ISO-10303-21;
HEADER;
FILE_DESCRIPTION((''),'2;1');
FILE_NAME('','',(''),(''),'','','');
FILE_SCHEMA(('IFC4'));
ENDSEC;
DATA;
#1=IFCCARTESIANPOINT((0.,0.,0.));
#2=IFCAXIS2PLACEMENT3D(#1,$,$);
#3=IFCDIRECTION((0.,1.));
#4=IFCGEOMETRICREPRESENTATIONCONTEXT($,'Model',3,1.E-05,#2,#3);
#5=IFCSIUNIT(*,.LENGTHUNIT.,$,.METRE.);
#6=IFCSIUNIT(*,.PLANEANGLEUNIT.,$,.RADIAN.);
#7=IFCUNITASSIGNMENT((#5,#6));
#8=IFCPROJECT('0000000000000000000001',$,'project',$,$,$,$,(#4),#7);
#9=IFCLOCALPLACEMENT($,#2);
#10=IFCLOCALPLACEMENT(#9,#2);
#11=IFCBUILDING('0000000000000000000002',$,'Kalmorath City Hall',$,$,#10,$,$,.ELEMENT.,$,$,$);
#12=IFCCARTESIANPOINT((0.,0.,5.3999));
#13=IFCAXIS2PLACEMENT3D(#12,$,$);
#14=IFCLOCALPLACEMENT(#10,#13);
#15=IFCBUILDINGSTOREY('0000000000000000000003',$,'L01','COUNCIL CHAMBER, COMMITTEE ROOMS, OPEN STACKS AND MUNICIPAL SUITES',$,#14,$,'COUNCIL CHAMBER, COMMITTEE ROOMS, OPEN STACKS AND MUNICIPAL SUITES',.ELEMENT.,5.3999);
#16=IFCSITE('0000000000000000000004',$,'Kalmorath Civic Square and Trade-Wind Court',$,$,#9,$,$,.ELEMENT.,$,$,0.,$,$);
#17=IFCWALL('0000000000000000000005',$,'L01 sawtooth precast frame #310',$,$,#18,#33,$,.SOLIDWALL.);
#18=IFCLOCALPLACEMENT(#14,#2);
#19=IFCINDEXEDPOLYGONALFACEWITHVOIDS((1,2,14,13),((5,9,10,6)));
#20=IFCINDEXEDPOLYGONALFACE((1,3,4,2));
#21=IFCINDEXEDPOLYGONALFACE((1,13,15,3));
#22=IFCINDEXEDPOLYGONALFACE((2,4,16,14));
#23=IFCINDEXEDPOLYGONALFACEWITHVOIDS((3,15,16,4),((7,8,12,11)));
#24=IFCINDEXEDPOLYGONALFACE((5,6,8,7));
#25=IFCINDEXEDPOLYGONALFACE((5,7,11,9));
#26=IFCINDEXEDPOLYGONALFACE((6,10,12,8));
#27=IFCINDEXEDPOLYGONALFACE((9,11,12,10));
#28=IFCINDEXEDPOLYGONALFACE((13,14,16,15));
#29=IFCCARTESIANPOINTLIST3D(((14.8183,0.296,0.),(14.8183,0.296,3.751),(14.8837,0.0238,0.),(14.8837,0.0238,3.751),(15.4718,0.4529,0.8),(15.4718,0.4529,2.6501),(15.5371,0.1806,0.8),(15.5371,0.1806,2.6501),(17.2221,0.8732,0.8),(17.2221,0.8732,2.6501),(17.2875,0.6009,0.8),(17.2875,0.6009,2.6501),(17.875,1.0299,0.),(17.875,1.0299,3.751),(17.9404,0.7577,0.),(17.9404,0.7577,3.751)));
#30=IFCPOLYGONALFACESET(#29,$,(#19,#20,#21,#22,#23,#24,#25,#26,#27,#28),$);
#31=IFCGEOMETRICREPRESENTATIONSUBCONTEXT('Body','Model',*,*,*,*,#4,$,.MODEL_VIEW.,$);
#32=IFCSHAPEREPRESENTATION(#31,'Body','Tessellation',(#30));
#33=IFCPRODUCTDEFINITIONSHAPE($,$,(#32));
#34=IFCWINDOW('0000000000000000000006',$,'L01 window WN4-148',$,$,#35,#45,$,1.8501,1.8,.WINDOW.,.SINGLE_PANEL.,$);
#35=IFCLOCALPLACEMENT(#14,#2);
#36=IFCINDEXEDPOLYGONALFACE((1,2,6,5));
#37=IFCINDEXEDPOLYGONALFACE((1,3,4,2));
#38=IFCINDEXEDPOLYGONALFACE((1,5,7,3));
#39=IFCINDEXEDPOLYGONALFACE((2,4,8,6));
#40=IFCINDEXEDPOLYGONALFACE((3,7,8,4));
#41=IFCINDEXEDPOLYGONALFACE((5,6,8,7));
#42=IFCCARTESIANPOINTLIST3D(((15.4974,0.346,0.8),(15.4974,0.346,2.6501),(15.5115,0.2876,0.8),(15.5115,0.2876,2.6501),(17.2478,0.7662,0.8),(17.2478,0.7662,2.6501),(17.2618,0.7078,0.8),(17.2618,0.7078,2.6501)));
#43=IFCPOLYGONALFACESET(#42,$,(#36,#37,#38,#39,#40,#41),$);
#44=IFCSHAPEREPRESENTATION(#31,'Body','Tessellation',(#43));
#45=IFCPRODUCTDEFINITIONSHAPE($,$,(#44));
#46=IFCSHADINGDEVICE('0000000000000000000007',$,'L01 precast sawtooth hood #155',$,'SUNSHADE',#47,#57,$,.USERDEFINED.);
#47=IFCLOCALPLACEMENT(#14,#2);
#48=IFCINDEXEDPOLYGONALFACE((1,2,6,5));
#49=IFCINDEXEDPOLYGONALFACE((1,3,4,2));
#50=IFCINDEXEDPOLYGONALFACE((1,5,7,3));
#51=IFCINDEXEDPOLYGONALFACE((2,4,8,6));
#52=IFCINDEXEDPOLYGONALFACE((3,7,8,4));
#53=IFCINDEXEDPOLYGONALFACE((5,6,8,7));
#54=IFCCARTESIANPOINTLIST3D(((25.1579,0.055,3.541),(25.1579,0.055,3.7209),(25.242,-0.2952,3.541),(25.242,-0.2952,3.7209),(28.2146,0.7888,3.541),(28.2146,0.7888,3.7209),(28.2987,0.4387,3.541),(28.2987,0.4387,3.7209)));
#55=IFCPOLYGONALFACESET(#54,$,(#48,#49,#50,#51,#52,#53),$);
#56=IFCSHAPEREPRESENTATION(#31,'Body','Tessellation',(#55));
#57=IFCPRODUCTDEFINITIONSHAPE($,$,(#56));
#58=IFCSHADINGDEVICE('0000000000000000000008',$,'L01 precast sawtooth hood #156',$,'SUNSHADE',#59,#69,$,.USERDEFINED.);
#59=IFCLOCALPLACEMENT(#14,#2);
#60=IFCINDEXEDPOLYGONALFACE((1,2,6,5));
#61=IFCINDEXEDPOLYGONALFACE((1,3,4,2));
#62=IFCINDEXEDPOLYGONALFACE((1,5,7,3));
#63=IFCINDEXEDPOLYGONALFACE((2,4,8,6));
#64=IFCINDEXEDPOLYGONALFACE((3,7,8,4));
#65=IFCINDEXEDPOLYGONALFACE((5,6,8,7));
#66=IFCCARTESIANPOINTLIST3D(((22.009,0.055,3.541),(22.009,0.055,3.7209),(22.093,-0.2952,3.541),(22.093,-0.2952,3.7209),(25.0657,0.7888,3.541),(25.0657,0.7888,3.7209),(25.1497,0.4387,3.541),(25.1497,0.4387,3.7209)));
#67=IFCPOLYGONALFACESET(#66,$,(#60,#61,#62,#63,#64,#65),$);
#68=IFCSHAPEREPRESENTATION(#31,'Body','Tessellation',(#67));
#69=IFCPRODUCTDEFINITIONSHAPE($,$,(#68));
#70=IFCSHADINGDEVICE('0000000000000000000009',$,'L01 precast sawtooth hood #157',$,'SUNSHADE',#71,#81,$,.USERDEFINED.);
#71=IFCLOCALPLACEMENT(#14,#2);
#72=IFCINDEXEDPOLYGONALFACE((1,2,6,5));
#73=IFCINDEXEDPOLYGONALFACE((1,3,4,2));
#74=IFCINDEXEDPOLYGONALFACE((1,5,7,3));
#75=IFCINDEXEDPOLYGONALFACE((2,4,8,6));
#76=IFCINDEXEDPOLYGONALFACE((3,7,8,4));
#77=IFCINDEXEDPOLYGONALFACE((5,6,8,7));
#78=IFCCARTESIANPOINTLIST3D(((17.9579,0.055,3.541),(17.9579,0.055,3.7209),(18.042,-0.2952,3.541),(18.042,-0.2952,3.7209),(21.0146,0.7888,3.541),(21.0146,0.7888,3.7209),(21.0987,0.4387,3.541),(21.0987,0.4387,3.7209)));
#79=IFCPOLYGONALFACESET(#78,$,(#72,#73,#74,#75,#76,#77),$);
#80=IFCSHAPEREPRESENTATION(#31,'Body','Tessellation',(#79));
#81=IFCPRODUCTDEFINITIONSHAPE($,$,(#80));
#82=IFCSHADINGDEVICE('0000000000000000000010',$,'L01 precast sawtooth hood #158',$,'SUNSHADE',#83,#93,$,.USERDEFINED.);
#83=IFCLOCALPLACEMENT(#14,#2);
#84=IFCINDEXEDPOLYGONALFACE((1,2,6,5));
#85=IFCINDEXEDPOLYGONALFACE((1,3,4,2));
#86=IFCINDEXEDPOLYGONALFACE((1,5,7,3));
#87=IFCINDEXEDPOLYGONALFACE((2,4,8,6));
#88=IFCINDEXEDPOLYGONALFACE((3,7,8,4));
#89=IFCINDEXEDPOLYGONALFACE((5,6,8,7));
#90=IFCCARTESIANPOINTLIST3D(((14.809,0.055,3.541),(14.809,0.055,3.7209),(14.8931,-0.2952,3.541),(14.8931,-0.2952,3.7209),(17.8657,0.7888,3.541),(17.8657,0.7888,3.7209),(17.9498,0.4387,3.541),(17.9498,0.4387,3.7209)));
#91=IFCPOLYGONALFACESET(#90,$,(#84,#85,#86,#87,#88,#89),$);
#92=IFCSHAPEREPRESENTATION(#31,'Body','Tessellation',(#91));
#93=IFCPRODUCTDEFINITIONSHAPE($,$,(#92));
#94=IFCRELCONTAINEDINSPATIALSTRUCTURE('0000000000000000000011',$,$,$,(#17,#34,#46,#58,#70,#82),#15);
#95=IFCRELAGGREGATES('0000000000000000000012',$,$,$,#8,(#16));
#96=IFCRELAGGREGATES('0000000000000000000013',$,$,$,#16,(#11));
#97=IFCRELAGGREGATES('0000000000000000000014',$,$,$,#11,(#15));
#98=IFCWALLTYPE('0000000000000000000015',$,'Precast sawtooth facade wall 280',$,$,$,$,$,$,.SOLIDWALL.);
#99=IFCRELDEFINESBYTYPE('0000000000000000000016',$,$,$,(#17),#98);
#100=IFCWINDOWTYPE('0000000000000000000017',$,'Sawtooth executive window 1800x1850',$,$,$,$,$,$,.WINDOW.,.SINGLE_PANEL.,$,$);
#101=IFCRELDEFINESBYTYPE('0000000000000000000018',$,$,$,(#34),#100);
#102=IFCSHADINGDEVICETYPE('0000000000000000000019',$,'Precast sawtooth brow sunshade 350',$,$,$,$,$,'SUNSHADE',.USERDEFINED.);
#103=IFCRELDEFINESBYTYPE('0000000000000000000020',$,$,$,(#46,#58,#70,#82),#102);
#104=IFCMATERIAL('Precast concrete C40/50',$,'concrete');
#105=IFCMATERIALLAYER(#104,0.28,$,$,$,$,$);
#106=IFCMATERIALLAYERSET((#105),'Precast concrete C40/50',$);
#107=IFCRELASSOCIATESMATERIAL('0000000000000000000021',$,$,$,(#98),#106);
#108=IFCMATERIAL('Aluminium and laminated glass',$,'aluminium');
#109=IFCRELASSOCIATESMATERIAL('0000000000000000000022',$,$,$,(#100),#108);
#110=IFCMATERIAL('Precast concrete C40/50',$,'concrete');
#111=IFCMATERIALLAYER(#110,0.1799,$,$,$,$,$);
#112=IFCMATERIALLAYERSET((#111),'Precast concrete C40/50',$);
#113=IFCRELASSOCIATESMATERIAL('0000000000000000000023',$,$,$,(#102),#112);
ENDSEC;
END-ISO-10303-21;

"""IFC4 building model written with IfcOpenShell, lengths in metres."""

from ifc_helpers import new_model, si_unit, direction, frame, frame_2d, origin, origin_2d, place, context, subcontext, project, spatial, rectangle, extrude, material, layer, layer_set, type_object, element, fill, save


model = new_model("IFC4")

# Units and contexts
model_context = context("Model", 3, precision=1e-05, world=origin(), true_north=direction((0.0, 1.0)))
body_context = subcontext(model_context, "Body", "Model", "MODEL_VIEW")
ifc_project = project(units=[si_unit("LENGTHUNIT", "METRE"), si_unit("PLANEANGLEUNIT", "RADIAN")], contexts=[model_context])

# Site, building, storey
site_placement = place(None, origin())
site = spatial("IfcSite", under=ifc_project, at=site_placement, Name="Kalmorath Civic Square and Trade-Wind Court", CompositionType="ELEMENT", RefElevation=0.0)
building_placement = place(site_placement, origin())
building = spatial("IfcBuilding", under=site, at=building_placement, Name="Kalmorath City Hall", CompositionType="ELEMENT")
storey_placement = place(building_placement, frame((0.0, 0.0, 5.3999)))
storey = spatial("IfcBuildingStorey", under=building, at=storey_placement, Name="L01", Description="COUNCIL CHAMBER, COMMITTEE ROOMS, OPEN STACKS AND MUNICIPAL SUITES", LongName="COUNCIL CHAMBER, COMMITTEE ROOMS, OPEN STACKS AND MUNICIPAL SUITES", CompositionType="ELEMENT", Elevation=5.3999)

# Wall, opening, window
ifc_material_1 = material(Name="Precast concrete C40/50", Category="concrete")
ifc_layer_1 = layer(ifc_material_1, 0.28)
ifc_layer_set_1 = layer_set([ifc_layer_1], Name="Precast concrete C40/50")
wall_type_1 = type_object("IfcWallType", Name="Precast sawtooth facade wall 280", PredefinedType="SOLIDWALL", material=ifc_layer_set_1)
ifc_material_2 = material(Name="Aluminium and laminated glass", Category="aluminium")
window_type = type_object("IfcWindowType", Name="Sawtooth executive window 1800x1850", PartitioningType="SINGLE_PANEL", PredefinedType="WINDOW", material=ifc_material_2)
wall_1_placement = place(storey_placement, frame((17.9077, 0.8938, 0.0), z_axis=(0.0, 0.0, 1.0), x_axis=(-0.972366, -0.233461, 0.0)))
wall_1 = element("IfcWall", 1, at=wall_1_placement, inside=storey, type_object=wall_type_1, Name="L01 sawtooth precast frame #310", PredefinedType="SOLIDWALL", context=body_context, shape_type="SweptSolid", body=[
    extrude(rectangle(XDim=3.1436, YDim=0.28, at=frame_2d((1.5718, 0.0))), origin(), (0.0, 0.0, 1.0), 3.751),
])
opening_1_placement = place(wall_1_placement, frame((0.6716, 0.0, 0.8)))
opening_1 = element("IfcOpeningElement", 2, at=opening_1_placement, cuts=wall_1, PredefinedType="OPENING", context=body_context, shape_type="SweptSolid", body=[
    extrude(rectangle(XDim=1.8, YDim=1.8501, at=frame_2d((0.8999, 0.925))), frame((0.0, 0.1499, 0.0), z_axis=(0.0, -1.0, 0.0), x_axis=(1.0, 0.0, 0.0)), (0.0, 0.0, 1.0), 0.3),
])
window_1_placement = place(opening_1_placement, origin())
window_1 = element("IfcWindow", 3, at=window_1_placement, inside=storey, type_object=window_type, Name="L01 window WN4-148", OverallHeight=1.8501, OverallWidth=1.8, PartitioningType="SINGLE_PANEL", PredefinedType="WINDOW", context=body_context, shape_type="SweptSolid", body=[
    extrude(rectangle(XDim=1.8, YDim=1.8501, at=frame_2d((0.8999, 0.925))), frame((0.0, 0.03, 0.0), z_axis=(0.0, -1.0, 0.0), x_axis=(1.0, 0.0, 0.0)), (0.0, 0.0, 1.0), 0.0601),
])
fill(opening_1, window_1)

# Shading devices
ifc_material_3 = material(Name="Precast concrete C40/50", Category="concrete")
ifc_layer_2 = layer(ifc_material_3, 0.1799)
ifc_layer_set_2 = layer_set([ifc_layer_2], Name="Precast concrete C40/50")
shading_device_type = type_object("IfcShadingDeviceType", Name="Precast sawtooth brow sunshade 350", ElementType="SUNSHADE", PredefinedType="USERDEFINED", material=ifc_layer_set_2)
for number, where, z_axis, x_axis, name in (
    (4, (26.7283, 0.2468, 3.541), (0.0, 0.0, 1.0), (-0.97237, -0.233445, 0.0), "L01 precast sawtooth hood #155"),
    (5, (23.5793, 0.2468, 3.541), (0.0, 0.0, 1.0), (-0.97237, -0.233445, 0.0), "L01 precast sawtooth hood #156"),
    (6, (19.5283, 0.2468, 3.541), (0.0, 0.0, 1.0), (-0.97237, -0.233445, 0.0), "L01 precast sawtooth hood #157"),
    (7, (16.3794, 0.2468, 3.541), (0.0, 0.0, 1.0), (-0.97237, -0.233445, 0.0), "L01 precast sawtooth hood #158"),
):
    element("IfcShadingDevice", number, at=place(storey_placement, frame(where, z_axis=z_axis, x_axis=x_axis)), inside=storey, type_object=shading_device_type, Name=name, ObjectType="SUNSHADE", PredefinedType="USERDEFINED", context=body_context, shape_type="SweptSolid", body=[
        extrude(rectangle(XDim=3.1436, YDim=0.3601, at=origin_2d()), origin(), (0.0, 0.0, 1.0), 0.1799),
    ])

save(model, "model.ifc")
